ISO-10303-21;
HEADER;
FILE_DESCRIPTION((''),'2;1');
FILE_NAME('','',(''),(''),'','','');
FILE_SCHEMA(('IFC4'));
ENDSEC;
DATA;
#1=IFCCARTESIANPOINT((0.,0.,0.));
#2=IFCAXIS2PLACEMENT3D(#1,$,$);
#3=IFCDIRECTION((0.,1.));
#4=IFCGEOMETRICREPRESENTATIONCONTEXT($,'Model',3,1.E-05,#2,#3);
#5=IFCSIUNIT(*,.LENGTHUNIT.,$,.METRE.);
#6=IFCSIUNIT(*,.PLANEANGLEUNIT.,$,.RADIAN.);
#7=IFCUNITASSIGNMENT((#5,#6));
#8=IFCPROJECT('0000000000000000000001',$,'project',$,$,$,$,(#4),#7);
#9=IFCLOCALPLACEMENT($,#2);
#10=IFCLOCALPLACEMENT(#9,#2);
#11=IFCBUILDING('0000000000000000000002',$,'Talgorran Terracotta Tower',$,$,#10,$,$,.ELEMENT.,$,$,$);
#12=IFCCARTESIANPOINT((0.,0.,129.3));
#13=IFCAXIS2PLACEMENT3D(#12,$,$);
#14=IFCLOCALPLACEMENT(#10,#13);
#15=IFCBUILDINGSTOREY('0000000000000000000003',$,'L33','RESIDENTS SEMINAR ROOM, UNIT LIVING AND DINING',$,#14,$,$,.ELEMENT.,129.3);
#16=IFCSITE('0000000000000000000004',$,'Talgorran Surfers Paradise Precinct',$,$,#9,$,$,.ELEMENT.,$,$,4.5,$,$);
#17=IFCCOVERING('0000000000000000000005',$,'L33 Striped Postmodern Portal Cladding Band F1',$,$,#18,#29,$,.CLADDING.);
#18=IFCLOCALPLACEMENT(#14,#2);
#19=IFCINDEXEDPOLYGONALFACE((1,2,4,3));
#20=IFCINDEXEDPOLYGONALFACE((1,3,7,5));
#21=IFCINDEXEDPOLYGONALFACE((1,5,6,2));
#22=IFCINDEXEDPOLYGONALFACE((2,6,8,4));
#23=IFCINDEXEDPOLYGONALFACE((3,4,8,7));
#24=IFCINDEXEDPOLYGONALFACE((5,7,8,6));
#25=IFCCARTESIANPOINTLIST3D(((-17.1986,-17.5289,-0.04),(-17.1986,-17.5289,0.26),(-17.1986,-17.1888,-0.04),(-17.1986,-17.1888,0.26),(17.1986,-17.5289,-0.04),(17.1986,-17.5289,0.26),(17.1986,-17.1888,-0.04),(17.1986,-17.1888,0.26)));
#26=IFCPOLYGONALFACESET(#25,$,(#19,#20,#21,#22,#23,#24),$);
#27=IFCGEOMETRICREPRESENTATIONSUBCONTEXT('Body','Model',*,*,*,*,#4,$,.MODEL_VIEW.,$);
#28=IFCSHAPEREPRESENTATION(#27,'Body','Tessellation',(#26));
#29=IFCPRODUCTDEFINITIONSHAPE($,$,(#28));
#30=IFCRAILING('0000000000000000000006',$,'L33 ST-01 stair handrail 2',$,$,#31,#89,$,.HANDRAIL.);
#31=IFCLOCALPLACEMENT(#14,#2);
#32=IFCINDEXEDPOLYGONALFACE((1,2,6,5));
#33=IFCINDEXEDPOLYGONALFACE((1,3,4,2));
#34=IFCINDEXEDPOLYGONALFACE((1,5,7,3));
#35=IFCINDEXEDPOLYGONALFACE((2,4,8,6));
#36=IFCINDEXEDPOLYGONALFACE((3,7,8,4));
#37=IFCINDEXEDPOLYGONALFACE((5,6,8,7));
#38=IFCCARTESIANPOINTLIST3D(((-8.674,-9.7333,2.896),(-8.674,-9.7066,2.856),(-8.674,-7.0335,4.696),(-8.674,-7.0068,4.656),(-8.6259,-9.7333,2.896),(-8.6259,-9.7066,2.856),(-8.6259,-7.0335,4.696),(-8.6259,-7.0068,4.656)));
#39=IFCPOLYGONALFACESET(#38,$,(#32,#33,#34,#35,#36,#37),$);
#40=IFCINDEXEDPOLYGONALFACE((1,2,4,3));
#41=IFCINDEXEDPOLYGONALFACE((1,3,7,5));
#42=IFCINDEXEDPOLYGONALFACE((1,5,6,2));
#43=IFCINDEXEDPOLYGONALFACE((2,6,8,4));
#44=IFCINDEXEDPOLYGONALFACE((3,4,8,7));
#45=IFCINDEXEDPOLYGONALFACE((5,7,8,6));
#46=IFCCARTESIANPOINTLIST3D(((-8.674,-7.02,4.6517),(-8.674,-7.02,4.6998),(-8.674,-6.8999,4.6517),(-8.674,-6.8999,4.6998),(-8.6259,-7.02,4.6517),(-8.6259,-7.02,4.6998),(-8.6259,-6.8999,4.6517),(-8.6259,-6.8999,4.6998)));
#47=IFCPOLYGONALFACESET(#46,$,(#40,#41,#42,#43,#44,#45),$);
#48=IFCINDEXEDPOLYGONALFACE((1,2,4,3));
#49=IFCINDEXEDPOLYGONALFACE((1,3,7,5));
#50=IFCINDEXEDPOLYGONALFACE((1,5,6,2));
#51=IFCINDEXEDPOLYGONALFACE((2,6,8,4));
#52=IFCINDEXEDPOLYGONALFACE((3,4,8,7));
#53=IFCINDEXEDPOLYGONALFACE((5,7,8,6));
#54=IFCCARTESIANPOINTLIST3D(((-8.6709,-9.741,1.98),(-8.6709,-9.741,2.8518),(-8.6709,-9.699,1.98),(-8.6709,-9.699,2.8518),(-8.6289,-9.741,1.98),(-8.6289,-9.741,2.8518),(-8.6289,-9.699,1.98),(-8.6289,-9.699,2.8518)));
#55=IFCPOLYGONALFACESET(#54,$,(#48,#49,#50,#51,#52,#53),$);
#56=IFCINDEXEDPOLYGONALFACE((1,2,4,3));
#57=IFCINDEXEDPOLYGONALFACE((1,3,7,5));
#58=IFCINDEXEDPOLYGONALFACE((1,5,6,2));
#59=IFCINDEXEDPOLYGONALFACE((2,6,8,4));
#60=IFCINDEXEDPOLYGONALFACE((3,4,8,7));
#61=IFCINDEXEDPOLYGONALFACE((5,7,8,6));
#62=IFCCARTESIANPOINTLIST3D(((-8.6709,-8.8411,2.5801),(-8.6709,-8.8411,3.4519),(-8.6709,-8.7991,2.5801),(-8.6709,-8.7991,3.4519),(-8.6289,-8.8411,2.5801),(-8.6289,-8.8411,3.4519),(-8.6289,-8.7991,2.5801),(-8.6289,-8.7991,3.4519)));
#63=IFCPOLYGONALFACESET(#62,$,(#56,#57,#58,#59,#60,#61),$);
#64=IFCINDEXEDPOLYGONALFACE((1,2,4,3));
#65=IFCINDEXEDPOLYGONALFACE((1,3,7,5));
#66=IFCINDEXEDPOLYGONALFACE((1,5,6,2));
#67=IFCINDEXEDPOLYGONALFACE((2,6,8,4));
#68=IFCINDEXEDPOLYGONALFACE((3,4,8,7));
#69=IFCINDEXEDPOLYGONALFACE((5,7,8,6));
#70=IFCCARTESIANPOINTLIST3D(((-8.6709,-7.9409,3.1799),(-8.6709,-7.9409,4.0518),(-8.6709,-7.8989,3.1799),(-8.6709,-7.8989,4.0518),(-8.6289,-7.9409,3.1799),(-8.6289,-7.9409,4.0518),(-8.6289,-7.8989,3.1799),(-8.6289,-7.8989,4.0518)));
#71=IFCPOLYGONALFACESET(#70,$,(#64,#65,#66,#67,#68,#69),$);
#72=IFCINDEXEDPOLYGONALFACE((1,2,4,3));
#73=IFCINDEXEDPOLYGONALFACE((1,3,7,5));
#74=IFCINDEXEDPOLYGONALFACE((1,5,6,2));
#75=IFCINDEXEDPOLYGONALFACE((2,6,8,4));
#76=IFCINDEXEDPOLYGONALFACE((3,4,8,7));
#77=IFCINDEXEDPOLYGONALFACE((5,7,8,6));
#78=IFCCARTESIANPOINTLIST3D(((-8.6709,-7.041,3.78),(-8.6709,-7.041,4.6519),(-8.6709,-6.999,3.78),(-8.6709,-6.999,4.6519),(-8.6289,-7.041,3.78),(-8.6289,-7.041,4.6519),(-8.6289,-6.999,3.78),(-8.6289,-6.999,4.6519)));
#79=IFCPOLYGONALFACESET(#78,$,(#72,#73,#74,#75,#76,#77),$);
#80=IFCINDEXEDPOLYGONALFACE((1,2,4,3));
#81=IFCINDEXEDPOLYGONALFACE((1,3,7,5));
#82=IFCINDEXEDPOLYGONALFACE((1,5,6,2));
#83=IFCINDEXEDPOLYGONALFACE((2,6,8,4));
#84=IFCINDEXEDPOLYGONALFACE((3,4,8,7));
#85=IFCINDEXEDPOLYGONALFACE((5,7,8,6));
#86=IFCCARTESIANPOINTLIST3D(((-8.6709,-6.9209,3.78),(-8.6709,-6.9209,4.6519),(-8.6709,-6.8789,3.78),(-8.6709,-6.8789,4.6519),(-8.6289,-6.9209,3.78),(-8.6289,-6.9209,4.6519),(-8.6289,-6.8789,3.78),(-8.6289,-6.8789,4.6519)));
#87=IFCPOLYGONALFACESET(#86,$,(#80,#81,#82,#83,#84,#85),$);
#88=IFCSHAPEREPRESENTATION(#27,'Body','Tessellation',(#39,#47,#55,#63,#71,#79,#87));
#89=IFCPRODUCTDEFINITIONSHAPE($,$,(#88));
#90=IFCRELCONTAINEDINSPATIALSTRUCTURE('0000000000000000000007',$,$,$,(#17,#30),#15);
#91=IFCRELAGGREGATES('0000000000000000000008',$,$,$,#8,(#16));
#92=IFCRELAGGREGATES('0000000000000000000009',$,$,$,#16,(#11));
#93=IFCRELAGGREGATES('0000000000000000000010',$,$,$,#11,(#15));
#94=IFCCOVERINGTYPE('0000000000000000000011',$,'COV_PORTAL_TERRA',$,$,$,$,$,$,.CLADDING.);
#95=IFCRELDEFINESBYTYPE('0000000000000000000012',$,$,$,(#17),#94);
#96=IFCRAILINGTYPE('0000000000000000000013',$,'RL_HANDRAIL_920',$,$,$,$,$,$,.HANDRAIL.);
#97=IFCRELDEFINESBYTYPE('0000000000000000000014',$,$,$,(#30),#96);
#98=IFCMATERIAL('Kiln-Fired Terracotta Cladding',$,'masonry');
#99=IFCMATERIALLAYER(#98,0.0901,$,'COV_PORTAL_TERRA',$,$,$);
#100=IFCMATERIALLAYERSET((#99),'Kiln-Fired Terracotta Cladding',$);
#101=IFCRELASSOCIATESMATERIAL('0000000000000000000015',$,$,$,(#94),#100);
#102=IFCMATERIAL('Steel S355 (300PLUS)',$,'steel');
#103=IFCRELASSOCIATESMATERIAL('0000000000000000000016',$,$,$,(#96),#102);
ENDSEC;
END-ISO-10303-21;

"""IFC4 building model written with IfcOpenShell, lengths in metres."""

from ifc_helpers import new_model, si_unit, direction, frame, origin, origin_2d, place, context, subcontext, project, spatial, rectangle, extrude, material, layer, layer_set, type_object, element, save


model = new_model("IFC4")

# Units and contexts
model_context = context("Model", 3, precision=1e-05, world=origin(), true_north=direction((0.0, 1.0)))
body_context = subcontext(model_context, "Body", "Model", "MODEL_VIEW")
ifc_project = project(units=[si_unit("LENGTHUNIT", "METRE"), si_unit("PLANEANGLEUNIT", "RADIAN")], contexts=[model_context])

# Site, building, storey
site_placement = place(None, origin())
site = spatial("IfcSite", under=ifc_project, at=site_placement, Name="Talgorran Surfers Paradise Precinct", CompositionType="ELEMENT", RefElevation=4.5)
building_placement = place(site_placement, origin())
building = spatial("IfcBuilding", under=site, at=building_placement, Name="Talgorran Terracotta Tower", CompositionType="ELEMENT")
storey_placement = place(building_placement, frame((0.0, 0.0, 129.3)))
storey = spatial("IfcBuildingStorey", under=building, at=storey_placement, Name="L33", Description="RESIDENTS SEMINAR ROOM, UNIT LIVING AND DINING", CompositionType="ELEMENT", Elevation=129.3)

# Covering
ifc_material_1 = material(Name="Kiln-Fired Terracotta Cladding", Category="masonry")
ifc_layer_1 = layer(ifc_material_1, 0.0901, Name="COV_PORTAL_TERRA")
ifc_layer_set_1 = layer_set([ifc_layer_1], Name="Kiln-Fired Terracotta Cladding")
covering_type_1 = type_object("IfcCoveringType", Name="COV_PORTAL_TERRA", PredefinedType="CLADDING", material=ifc_layer_set_1)
covering_1_placement = place(storey_placement, frame((0.0, -17.3589, -0.04), z_axis=(0.0, 0.0, 1.0), x_axis=(1.0, 0.0, 0.0)))
element("IfcCovering", 1, at=covering_1_placement, inside=storey, type_object=covering_type_1, Name="L33 Striped Postmodern Portal Cladding Band F1", PredefinedType="CLADDING", context=body_context, shape_type="SweptSolid", body=[
    extrude(rectangle(XDim=34.3972, YDim=0.3401, at=origin_2d()), origin(), (0.0, 0.0, 1.0), 0.3),
])

# Railing
ifc_material_2 = material(Name="Steel S355 (300PLUS)", Category="steel")
railing_type = type_object("IfcRailingType", Name="RL_HANDRAIL_920", PredefinedType="HANDRAIL", material=ifc_material_2)
railing_placement = place(storey_placement, frame((-8.6499, -9.72, 1.98)))
element("IfcRailing", 2, at=railing_placement, inside=storey, type_object=railing_type, Name="L33 ST-01 stair handrail 2", PredefinedType="HANDRAIL", context=body_context, shape_type="SweptSolid", body=[
    extrude(rectangle(XDim=0.0481, YDim=0.0481, at=origin_2d()), frame((0.0, 0.0, 0.896), z_axis=(0.0, 0.832039, 0.554718), x_axis=(-1.0, 0.0, 0.0)), (0.0, 0.0, 1.0), 3.2449),
    extrude(rectangle(XDim=0.0481, YDim=0.0481, at=origin_2d()), frame((0.0, 2.7, 2.6958), z_axis=(0.0, 1.0, 0.0), x_axis=(-1.0, 0.0, 0.0)), (0.0, 0.0, 1.0), 0.1201),
    extrude(rectangle(XDim=0.042, YDim=0.042, at=origin_2d()), origin(), (0.0, 0.0, 1.0), 0.8718),
    extrude(rectangle(XDim=0.042, YDim=0.042, at=origin_2d()), frame((0.0, 0.8999, 0.6001)), (0.0, 0.0, 1.0), 0.8718),
    extrude(rectangle(XDim=0.042, YDim=0.042, at=origin_2d()), frame((0.0, 1.8, 1.2)), (0.0, 0.0, 1.0), 0.8718),
    extrude(rectangle(XDim=0.042, YDim=0.042, at=origin_2d()), frame((0.0, 2.7, 1.8)), (0.0, 0.0, 1.0), 0.8718),
    extrude(rectangle(XDim=0.042, YDim=0.042, at=origin_2d()), frame((0.0, 2.8201, 1.8)), (0.0, 0.0, 1.0), 0.8718),
])

save(model, "model.ifc")
